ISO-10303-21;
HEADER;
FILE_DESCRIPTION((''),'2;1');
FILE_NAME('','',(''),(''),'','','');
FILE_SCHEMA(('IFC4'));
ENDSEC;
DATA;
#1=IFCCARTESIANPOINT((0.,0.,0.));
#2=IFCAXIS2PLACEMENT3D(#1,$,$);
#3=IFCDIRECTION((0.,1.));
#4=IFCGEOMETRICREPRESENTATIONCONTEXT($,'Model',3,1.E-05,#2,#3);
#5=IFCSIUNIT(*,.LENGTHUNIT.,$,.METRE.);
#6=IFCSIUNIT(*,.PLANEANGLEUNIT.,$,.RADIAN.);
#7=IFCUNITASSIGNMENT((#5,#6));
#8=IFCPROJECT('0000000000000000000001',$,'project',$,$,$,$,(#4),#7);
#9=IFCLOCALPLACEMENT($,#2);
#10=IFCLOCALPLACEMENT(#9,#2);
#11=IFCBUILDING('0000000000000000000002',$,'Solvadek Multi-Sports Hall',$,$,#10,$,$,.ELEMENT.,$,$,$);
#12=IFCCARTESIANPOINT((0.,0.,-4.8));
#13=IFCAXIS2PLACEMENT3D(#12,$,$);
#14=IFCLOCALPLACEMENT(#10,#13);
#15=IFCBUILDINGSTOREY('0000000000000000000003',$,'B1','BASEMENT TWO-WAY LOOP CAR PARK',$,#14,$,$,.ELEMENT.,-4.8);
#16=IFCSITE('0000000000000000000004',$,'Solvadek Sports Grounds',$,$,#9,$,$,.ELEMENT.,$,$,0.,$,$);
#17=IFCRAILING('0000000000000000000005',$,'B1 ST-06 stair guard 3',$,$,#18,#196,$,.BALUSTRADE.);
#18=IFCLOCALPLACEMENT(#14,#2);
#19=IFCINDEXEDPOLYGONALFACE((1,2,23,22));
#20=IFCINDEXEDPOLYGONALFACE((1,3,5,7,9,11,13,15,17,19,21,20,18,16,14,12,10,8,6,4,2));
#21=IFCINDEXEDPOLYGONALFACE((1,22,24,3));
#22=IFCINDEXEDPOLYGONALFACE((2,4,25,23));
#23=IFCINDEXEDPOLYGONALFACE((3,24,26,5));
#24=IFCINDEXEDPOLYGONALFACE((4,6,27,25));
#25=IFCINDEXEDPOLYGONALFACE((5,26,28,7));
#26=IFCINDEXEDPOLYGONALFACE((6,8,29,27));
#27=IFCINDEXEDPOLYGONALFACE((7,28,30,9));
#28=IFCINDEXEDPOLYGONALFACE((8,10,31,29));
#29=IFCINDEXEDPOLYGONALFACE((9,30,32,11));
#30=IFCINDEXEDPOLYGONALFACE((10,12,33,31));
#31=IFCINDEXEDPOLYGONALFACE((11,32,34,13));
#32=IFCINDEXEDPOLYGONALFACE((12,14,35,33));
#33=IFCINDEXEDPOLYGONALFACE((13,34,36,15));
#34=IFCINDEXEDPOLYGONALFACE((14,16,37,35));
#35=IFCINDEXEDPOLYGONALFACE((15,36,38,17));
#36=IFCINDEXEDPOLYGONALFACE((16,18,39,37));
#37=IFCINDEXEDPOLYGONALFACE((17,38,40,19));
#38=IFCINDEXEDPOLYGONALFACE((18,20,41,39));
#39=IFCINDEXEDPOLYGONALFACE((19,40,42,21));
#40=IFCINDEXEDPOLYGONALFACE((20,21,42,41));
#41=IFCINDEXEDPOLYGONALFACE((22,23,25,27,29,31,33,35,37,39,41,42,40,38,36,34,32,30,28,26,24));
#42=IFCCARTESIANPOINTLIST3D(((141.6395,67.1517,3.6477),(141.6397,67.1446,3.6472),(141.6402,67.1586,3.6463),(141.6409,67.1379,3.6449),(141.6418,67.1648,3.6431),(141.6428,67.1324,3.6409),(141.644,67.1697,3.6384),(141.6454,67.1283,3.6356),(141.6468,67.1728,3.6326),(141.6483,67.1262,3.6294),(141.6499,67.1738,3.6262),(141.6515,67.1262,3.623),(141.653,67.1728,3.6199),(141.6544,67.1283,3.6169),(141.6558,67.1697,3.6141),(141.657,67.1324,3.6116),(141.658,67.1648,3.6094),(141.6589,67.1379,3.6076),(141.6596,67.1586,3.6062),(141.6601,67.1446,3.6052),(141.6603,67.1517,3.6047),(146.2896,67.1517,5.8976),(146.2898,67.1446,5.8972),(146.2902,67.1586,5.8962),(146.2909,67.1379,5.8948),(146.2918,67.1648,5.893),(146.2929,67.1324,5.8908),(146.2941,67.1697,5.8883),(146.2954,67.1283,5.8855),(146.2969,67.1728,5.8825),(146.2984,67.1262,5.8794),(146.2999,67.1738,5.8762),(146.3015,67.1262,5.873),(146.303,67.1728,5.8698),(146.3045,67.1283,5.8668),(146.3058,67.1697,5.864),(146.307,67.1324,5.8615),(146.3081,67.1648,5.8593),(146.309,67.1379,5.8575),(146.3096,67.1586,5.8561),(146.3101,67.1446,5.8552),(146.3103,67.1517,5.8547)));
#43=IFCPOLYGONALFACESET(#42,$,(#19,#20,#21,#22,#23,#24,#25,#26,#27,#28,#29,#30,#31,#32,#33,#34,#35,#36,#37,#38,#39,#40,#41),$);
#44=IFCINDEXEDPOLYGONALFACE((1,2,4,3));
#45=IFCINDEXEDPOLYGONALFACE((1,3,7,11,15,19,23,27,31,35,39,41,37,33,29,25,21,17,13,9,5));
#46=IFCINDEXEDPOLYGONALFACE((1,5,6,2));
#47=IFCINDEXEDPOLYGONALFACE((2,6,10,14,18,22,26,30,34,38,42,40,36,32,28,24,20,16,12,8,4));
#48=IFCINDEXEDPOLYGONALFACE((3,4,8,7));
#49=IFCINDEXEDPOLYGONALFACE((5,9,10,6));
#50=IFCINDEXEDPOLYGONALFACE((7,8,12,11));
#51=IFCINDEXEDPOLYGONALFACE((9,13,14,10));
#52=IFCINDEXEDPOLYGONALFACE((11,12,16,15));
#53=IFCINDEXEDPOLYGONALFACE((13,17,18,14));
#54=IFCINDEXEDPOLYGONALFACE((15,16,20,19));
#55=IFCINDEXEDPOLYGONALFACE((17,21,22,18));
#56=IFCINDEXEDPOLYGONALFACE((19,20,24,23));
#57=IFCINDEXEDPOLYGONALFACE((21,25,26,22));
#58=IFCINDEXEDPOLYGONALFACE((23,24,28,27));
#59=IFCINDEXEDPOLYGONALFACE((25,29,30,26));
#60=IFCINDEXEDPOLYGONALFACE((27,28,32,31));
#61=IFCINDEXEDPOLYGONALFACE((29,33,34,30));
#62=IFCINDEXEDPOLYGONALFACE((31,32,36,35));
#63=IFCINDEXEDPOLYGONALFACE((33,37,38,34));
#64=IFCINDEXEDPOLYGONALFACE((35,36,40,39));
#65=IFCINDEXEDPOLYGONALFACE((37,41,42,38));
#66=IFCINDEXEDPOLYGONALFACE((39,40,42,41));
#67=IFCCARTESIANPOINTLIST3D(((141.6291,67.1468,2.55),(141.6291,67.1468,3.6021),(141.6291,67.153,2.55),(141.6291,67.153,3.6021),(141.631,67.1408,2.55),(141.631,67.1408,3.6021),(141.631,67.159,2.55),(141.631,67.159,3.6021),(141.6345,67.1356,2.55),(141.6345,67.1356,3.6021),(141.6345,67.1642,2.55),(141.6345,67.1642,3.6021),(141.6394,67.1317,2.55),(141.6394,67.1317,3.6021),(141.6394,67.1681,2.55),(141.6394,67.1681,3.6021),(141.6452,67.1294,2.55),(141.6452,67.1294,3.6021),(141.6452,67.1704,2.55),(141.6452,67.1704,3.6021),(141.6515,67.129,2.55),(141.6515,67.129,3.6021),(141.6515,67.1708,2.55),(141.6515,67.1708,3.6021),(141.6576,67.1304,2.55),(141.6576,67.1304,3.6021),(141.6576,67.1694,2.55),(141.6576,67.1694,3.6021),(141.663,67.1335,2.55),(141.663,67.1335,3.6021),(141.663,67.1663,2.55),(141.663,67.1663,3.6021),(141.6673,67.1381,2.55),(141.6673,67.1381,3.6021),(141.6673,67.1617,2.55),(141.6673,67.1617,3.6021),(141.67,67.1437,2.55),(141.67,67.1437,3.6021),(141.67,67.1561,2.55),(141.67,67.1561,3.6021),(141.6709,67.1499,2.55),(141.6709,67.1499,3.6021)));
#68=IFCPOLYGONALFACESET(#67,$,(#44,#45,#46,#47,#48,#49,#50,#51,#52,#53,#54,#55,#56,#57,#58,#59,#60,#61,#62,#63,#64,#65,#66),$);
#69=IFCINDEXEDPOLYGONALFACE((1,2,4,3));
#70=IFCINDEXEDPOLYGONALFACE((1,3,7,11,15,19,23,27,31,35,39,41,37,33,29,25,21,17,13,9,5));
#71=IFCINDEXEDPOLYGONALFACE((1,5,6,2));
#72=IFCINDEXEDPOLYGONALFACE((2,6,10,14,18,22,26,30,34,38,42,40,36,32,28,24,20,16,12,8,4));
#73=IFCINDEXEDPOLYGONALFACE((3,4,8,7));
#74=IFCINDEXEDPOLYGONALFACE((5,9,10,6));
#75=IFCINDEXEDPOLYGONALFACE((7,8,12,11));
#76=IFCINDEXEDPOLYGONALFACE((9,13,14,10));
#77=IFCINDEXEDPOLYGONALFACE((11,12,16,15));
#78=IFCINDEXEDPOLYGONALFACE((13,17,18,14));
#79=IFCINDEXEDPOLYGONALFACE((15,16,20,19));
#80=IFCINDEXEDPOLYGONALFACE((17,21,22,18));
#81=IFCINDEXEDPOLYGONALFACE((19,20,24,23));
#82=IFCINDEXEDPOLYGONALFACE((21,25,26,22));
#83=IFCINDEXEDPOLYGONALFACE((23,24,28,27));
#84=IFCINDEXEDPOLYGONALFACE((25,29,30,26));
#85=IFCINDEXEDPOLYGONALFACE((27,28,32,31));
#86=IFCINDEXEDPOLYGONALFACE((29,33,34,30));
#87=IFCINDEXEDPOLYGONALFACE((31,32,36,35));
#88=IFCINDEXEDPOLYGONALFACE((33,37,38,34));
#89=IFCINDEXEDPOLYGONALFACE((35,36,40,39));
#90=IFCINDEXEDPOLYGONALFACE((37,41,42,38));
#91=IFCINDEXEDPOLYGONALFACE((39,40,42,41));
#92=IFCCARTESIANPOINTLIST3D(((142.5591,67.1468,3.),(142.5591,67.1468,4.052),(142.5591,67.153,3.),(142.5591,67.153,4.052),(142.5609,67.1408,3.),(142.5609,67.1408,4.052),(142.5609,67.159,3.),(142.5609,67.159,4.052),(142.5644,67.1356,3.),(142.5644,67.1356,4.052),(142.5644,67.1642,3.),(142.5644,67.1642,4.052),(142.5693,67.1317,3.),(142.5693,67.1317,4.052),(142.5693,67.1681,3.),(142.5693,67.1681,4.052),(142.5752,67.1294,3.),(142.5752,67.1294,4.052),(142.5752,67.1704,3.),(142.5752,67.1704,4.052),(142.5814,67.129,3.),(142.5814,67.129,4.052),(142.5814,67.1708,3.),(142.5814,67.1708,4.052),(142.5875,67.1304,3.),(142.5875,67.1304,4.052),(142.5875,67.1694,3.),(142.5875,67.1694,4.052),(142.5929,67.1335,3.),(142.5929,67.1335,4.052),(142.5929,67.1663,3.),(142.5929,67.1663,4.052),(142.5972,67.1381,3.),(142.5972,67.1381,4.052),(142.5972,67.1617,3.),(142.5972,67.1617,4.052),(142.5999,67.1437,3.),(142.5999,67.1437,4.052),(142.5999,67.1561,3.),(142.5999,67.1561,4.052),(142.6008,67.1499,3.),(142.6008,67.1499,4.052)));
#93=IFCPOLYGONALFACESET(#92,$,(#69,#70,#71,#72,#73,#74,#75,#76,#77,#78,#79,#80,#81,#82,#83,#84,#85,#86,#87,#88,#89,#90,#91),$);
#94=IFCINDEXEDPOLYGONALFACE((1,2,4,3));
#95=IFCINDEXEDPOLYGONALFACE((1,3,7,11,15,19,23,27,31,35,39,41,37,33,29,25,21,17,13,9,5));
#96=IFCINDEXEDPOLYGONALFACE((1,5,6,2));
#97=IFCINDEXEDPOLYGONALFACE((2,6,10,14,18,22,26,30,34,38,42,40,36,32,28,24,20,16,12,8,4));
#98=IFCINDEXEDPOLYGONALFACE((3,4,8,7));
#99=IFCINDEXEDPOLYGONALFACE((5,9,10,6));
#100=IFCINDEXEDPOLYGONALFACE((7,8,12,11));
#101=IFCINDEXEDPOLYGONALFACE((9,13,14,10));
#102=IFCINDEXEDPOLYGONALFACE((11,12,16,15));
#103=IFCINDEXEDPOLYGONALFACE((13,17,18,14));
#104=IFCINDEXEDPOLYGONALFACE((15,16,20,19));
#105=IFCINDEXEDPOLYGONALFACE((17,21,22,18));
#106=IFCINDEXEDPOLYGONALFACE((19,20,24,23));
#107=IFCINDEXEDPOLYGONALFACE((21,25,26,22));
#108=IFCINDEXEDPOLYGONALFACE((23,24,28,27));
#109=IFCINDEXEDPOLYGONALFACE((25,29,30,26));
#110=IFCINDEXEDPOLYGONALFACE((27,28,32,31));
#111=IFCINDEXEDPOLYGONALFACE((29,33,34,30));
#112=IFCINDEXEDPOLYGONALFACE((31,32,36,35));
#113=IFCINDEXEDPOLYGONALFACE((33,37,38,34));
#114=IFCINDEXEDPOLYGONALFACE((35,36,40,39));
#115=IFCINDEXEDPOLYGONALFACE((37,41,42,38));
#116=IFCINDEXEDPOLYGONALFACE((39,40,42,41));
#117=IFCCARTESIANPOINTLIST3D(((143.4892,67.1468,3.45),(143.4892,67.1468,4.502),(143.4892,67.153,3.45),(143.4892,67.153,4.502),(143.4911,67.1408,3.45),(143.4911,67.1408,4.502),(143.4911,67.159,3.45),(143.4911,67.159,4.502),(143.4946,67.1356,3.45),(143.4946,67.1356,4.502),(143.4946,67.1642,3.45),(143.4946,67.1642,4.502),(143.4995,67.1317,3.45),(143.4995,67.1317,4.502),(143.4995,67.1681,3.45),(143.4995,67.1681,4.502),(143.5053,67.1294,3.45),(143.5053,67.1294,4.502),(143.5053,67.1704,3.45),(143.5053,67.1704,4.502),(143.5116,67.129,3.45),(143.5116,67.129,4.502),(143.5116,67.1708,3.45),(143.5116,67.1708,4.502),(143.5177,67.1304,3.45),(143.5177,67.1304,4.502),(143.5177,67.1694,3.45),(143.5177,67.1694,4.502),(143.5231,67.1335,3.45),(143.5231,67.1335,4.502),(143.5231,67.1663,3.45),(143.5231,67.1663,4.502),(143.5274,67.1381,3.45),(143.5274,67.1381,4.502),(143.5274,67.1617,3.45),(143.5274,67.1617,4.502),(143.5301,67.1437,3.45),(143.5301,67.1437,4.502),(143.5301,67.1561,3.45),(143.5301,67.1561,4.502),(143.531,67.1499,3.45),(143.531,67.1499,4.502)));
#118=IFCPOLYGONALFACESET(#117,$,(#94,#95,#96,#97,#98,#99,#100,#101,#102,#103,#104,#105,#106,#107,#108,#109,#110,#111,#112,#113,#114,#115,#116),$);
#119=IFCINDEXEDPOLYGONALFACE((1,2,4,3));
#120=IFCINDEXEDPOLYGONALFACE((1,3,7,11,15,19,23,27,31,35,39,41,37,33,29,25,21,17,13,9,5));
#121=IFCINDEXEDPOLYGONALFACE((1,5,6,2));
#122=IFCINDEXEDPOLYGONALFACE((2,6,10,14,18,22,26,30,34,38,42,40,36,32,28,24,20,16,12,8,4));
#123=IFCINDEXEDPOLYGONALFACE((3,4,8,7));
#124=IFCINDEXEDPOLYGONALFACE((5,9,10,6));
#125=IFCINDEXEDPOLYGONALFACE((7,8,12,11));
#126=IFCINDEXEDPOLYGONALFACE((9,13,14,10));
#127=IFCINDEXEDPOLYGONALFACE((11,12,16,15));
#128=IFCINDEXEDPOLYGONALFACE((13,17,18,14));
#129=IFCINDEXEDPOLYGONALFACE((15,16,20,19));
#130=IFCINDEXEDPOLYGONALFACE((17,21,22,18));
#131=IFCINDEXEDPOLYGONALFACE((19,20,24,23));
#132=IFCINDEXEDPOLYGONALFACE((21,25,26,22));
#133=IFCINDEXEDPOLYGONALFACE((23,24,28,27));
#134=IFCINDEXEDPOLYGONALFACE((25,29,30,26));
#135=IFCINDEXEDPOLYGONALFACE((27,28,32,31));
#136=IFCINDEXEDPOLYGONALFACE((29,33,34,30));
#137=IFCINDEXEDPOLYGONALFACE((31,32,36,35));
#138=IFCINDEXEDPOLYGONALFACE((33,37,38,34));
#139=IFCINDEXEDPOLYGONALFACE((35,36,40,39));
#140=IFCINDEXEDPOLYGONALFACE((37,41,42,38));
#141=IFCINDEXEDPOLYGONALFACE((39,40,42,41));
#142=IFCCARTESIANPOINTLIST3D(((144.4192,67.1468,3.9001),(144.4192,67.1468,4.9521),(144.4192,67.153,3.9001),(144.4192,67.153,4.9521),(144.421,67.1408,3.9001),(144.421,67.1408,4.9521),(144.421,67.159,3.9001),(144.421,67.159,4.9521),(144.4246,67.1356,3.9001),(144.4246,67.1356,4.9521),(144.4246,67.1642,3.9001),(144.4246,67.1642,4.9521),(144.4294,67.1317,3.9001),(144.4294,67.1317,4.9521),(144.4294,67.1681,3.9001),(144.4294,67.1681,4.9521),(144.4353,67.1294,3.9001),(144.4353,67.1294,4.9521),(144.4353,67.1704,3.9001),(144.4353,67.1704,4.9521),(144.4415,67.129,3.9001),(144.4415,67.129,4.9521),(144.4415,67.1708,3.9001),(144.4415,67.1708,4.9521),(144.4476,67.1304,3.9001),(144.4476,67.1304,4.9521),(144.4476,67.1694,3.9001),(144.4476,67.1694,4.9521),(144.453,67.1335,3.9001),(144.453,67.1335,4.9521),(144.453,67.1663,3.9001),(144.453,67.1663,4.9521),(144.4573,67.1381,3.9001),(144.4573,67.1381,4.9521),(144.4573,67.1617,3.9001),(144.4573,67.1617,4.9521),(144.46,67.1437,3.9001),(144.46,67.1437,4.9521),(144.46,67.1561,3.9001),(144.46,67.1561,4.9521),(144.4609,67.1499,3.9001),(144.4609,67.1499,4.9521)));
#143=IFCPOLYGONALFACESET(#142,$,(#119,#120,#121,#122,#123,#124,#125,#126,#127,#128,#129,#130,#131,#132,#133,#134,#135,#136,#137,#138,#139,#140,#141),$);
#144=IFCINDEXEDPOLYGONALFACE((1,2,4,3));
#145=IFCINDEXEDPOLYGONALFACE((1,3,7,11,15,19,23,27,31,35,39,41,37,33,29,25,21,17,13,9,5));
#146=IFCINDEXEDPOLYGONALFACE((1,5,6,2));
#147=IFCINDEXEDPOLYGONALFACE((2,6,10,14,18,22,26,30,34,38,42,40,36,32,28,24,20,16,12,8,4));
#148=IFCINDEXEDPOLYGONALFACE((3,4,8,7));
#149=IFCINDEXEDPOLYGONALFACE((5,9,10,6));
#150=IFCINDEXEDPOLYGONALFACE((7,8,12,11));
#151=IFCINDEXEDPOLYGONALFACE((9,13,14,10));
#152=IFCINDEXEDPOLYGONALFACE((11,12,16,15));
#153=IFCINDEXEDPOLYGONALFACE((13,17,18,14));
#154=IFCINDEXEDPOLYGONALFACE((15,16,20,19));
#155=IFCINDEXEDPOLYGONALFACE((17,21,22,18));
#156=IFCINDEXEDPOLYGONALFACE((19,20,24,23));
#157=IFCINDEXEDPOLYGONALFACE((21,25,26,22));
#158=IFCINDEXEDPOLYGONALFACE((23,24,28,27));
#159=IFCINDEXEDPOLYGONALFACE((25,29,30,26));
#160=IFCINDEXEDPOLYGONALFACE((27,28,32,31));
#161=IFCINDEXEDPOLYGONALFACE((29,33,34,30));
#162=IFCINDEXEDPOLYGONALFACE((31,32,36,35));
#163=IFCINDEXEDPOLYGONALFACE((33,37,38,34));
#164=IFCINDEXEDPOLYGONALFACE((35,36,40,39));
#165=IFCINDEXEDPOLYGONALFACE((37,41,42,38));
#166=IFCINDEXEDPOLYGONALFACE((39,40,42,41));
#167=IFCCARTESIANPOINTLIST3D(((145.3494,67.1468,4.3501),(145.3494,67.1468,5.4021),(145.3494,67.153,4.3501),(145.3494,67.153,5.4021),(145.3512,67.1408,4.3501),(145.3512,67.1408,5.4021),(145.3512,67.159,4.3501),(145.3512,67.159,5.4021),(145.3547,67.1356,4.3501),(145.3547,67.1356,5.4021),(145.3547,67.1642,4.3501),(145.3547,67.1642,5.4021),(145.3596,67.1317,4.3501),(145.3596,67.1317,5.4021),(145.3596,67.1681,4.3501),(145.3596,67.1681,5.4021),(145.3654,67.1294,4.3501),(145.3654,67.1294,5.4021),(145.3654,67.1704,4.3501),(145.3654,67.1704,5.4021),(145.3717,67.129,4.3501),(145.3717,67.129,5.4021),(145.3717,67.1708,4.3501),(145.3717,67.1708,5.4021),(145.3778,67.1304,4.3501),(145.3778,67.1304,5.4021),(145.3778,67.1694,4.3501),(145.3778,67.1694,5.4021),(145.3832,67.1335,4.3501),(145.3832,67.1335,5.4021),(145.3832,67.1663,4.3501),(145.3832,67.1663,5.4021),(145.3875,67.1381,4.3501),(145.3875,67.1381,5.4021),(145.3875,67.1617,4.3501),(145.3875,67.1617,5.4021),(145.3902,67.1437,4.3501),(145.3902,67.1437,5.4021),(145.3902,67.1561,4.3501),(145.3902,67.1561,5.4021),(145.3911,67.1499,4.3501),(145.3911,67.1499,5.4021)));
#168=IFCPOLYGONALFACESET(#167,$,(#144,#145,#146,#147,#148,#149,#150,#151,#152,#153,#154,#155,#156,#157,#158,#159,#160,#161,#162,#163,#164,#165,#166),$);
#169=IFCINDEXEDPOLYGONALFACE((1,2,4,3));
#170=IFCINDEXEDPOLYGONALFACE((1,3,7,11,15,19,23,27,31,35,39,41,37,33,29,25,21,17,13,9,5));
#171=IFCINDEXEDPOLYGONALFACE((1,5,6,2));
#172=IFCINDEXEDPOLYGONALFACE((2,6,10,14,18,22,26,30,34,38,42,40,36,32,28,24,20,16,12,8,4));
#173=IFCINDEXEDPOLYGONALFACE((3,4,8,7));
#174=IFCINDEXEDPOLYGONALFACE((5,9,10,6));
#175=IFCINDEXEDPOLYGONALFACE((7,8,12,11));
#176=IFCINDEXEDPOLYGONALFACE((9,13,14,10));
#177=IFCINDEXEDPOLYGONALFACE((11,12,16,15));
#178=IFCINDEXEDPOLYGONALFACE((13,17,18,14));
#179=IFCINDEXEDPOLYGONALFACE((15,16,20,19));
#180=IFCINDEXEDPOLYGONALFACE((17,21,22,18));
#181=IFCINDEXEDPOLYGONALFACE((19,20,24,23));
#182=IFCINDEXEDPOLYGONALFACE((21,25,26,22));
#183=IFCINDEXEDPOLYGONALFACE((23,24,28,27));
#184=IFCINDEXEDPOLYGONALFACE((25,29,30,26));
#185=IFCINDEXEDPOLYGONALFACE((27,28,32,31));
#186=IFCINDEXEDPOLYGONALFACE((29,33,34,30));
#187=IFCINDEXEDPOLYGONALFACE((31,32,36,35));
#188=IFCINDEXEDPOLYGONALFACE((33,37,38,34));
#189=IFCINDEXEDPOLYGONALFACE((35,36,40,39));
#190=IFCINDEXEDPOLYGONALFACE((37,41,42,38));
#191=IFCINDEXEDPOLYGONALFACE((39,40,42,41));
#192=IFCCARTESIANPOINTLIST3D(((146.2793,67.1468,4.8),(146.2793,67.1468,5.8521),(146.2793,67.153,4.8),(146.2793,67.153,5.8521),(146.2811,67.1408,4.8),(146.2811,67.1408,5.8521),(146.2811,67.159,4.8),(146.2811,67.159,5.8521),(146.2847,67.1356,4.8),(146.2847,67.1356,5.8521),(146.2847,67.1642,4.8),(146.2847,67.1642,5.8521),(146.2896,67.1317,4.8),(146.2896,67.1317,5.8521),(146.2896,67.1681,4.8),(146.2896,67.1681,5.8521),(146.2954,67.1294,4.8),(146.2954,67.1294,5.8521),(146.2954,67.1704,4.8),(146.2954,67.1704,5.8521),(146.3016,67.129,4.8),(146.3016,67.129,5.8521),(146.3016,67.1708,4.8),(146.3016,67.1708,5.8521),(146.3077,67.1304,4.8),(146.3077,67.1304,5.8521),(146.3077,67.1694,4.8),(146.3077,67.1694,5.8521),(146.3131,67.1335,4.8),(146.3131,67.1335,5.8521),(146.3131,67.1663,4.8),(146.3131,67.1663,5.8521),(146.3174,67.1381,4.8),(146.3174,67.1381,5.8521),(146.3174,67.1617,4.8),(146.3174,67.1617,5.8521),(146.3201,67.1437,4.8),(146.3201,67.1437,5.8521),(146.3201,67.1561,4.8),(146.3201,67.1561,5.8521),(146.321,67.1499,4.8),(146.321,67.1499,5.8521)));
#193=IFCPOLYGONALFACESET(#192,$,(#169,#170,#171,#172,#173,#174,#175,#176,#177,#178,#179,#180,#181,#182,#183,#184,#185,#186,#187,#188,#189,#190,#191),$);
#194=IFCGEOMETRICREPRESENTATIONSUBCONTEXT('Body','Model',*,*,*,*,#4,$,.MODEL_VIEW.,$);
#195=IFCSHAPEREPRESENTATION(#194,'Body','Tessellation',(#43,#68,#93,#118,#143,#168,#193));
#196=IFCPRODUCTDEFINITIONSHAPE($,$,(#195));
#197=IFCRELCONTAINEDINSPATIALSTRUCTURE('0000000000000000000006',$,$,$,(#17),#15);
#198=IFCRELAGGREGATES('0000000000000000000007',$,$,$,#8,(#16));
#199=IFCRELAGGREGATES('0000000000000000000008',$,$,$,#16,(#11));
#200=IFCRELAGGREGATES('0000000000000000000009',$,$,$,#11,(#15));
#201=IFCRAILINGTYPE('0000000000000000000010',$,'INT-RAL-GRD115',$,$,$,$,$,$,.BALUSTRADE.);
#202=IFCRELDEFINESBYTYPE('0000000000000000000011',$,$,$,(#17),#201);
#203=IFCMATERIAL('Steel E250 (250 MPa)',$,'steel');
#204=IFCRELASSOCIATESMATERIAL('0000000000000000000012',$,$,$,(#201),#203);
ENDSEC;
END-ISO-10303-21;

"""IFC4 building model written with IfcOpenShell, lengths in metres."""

from ifc_helpers import new_model, si_unit, direction, frame, origin, origin_2d, place, context, subcontext, project, spatial, circle, extrude, material, type_object, element, save


model = new_model("IFC4")

# Units and contexts
model_context = context("Model", 3, precision=1e-05, world=origin(), true_north=direction((0.0, 1.0)))
body_context = subcontext(model_context, "Body", "Model", "MODEL_VIEW")
ifc_project = project(units=[si_unit("LENGTHUNIT", "METRE"), si_unit("PLANEANGLEUNIT", "RADIAN")], contexts=[model_context])

# Site, building, storey
site_placement = place(None, origin())
site = spatial("IfcSite", under=ifc_project, at=site_placement, Name="Solvadek Sports Grounds", CompositionType="ELEMENT", RefElevation=0.0)
building_placement = place(site_placement, origin())
building = spatial("IfcBuilding", under=site, at=building_placement, Name="Solvadek Multi-Sports Hall", CompositionType="ELEMENT")
storey_placement = place(building_placement, frame((0.0, 0.0, -4.8)))
storey = spatial("IfcBuildingStorey", under=building, at=storey_placement, Name="B1", Description="BASEMENT TWO-WAY LOOP CAR PARK", CompositionType="ELEMENT", Elevation=-4.8)

# Railing
ifc_material_1 = material(Name="Steel E250 (250 MPa)", Category="steel")
railing_type_1 = type_object("IfcRailingType", Name="INT-RAL-GRD115", PredefinedType="BALUSTRADE", material=ifc_material_1)
railing_1_placement = place(storey_placement, frame((141.6499, 67.1499, 2.55)))
element("IfcRailing", 1, at=railing_1_placement, inside=storey, type_object=railing_type_1, Name="B1 ST-06 stair guard 3", PredefinedType="BALUSTRADE", context=body_context, shape_type="SweptSolid", body=[
    extrude(circle(Radius=0.0239, at=origin_2d()), frame((0.0, 0.0, 1.0762), z_axis=(0.900165, 0.0, 0.43555), x_axis=(0.0, 1.0, 0.0)), (0.0, 0.0, 1.0), 5.1658),
    extrude(circle(Radius=0.021, at=origin_2d()), origin(), (0.0, 0.0, 1.0), 1.052),
    extrude(circle(Radius=0.021, at=origin_2d()), frame((0.9299, 0.0, 0.45)), (0.0, 0.0, 1.0), 1.052),
    extrude(circle(Radius=0.021, at=origin_2d()), frame((1.8601, 0.0, 0.8999)), (0.0, 0.0, 1.0), 1.052),
    extrude(circle(Radius=0.021, at=origin_2d()), frame((2.79, 0.0, 1.3501)), (0.0, 0.0, 1.0), 1.052),
    extrude(circle(Radius=0.021, at=origin_2d()), frame((3.7202, 0.0, 1.8)), (0.0, 0.0, 1.0), 1.052),
    extrude(circle(Radius=0.021, at=origin_2d()), frame((4.6501, 0.0, 2.25)), (0.0, 0.0, 1.0), 1.052),
])

save(model, "model.ifc")
